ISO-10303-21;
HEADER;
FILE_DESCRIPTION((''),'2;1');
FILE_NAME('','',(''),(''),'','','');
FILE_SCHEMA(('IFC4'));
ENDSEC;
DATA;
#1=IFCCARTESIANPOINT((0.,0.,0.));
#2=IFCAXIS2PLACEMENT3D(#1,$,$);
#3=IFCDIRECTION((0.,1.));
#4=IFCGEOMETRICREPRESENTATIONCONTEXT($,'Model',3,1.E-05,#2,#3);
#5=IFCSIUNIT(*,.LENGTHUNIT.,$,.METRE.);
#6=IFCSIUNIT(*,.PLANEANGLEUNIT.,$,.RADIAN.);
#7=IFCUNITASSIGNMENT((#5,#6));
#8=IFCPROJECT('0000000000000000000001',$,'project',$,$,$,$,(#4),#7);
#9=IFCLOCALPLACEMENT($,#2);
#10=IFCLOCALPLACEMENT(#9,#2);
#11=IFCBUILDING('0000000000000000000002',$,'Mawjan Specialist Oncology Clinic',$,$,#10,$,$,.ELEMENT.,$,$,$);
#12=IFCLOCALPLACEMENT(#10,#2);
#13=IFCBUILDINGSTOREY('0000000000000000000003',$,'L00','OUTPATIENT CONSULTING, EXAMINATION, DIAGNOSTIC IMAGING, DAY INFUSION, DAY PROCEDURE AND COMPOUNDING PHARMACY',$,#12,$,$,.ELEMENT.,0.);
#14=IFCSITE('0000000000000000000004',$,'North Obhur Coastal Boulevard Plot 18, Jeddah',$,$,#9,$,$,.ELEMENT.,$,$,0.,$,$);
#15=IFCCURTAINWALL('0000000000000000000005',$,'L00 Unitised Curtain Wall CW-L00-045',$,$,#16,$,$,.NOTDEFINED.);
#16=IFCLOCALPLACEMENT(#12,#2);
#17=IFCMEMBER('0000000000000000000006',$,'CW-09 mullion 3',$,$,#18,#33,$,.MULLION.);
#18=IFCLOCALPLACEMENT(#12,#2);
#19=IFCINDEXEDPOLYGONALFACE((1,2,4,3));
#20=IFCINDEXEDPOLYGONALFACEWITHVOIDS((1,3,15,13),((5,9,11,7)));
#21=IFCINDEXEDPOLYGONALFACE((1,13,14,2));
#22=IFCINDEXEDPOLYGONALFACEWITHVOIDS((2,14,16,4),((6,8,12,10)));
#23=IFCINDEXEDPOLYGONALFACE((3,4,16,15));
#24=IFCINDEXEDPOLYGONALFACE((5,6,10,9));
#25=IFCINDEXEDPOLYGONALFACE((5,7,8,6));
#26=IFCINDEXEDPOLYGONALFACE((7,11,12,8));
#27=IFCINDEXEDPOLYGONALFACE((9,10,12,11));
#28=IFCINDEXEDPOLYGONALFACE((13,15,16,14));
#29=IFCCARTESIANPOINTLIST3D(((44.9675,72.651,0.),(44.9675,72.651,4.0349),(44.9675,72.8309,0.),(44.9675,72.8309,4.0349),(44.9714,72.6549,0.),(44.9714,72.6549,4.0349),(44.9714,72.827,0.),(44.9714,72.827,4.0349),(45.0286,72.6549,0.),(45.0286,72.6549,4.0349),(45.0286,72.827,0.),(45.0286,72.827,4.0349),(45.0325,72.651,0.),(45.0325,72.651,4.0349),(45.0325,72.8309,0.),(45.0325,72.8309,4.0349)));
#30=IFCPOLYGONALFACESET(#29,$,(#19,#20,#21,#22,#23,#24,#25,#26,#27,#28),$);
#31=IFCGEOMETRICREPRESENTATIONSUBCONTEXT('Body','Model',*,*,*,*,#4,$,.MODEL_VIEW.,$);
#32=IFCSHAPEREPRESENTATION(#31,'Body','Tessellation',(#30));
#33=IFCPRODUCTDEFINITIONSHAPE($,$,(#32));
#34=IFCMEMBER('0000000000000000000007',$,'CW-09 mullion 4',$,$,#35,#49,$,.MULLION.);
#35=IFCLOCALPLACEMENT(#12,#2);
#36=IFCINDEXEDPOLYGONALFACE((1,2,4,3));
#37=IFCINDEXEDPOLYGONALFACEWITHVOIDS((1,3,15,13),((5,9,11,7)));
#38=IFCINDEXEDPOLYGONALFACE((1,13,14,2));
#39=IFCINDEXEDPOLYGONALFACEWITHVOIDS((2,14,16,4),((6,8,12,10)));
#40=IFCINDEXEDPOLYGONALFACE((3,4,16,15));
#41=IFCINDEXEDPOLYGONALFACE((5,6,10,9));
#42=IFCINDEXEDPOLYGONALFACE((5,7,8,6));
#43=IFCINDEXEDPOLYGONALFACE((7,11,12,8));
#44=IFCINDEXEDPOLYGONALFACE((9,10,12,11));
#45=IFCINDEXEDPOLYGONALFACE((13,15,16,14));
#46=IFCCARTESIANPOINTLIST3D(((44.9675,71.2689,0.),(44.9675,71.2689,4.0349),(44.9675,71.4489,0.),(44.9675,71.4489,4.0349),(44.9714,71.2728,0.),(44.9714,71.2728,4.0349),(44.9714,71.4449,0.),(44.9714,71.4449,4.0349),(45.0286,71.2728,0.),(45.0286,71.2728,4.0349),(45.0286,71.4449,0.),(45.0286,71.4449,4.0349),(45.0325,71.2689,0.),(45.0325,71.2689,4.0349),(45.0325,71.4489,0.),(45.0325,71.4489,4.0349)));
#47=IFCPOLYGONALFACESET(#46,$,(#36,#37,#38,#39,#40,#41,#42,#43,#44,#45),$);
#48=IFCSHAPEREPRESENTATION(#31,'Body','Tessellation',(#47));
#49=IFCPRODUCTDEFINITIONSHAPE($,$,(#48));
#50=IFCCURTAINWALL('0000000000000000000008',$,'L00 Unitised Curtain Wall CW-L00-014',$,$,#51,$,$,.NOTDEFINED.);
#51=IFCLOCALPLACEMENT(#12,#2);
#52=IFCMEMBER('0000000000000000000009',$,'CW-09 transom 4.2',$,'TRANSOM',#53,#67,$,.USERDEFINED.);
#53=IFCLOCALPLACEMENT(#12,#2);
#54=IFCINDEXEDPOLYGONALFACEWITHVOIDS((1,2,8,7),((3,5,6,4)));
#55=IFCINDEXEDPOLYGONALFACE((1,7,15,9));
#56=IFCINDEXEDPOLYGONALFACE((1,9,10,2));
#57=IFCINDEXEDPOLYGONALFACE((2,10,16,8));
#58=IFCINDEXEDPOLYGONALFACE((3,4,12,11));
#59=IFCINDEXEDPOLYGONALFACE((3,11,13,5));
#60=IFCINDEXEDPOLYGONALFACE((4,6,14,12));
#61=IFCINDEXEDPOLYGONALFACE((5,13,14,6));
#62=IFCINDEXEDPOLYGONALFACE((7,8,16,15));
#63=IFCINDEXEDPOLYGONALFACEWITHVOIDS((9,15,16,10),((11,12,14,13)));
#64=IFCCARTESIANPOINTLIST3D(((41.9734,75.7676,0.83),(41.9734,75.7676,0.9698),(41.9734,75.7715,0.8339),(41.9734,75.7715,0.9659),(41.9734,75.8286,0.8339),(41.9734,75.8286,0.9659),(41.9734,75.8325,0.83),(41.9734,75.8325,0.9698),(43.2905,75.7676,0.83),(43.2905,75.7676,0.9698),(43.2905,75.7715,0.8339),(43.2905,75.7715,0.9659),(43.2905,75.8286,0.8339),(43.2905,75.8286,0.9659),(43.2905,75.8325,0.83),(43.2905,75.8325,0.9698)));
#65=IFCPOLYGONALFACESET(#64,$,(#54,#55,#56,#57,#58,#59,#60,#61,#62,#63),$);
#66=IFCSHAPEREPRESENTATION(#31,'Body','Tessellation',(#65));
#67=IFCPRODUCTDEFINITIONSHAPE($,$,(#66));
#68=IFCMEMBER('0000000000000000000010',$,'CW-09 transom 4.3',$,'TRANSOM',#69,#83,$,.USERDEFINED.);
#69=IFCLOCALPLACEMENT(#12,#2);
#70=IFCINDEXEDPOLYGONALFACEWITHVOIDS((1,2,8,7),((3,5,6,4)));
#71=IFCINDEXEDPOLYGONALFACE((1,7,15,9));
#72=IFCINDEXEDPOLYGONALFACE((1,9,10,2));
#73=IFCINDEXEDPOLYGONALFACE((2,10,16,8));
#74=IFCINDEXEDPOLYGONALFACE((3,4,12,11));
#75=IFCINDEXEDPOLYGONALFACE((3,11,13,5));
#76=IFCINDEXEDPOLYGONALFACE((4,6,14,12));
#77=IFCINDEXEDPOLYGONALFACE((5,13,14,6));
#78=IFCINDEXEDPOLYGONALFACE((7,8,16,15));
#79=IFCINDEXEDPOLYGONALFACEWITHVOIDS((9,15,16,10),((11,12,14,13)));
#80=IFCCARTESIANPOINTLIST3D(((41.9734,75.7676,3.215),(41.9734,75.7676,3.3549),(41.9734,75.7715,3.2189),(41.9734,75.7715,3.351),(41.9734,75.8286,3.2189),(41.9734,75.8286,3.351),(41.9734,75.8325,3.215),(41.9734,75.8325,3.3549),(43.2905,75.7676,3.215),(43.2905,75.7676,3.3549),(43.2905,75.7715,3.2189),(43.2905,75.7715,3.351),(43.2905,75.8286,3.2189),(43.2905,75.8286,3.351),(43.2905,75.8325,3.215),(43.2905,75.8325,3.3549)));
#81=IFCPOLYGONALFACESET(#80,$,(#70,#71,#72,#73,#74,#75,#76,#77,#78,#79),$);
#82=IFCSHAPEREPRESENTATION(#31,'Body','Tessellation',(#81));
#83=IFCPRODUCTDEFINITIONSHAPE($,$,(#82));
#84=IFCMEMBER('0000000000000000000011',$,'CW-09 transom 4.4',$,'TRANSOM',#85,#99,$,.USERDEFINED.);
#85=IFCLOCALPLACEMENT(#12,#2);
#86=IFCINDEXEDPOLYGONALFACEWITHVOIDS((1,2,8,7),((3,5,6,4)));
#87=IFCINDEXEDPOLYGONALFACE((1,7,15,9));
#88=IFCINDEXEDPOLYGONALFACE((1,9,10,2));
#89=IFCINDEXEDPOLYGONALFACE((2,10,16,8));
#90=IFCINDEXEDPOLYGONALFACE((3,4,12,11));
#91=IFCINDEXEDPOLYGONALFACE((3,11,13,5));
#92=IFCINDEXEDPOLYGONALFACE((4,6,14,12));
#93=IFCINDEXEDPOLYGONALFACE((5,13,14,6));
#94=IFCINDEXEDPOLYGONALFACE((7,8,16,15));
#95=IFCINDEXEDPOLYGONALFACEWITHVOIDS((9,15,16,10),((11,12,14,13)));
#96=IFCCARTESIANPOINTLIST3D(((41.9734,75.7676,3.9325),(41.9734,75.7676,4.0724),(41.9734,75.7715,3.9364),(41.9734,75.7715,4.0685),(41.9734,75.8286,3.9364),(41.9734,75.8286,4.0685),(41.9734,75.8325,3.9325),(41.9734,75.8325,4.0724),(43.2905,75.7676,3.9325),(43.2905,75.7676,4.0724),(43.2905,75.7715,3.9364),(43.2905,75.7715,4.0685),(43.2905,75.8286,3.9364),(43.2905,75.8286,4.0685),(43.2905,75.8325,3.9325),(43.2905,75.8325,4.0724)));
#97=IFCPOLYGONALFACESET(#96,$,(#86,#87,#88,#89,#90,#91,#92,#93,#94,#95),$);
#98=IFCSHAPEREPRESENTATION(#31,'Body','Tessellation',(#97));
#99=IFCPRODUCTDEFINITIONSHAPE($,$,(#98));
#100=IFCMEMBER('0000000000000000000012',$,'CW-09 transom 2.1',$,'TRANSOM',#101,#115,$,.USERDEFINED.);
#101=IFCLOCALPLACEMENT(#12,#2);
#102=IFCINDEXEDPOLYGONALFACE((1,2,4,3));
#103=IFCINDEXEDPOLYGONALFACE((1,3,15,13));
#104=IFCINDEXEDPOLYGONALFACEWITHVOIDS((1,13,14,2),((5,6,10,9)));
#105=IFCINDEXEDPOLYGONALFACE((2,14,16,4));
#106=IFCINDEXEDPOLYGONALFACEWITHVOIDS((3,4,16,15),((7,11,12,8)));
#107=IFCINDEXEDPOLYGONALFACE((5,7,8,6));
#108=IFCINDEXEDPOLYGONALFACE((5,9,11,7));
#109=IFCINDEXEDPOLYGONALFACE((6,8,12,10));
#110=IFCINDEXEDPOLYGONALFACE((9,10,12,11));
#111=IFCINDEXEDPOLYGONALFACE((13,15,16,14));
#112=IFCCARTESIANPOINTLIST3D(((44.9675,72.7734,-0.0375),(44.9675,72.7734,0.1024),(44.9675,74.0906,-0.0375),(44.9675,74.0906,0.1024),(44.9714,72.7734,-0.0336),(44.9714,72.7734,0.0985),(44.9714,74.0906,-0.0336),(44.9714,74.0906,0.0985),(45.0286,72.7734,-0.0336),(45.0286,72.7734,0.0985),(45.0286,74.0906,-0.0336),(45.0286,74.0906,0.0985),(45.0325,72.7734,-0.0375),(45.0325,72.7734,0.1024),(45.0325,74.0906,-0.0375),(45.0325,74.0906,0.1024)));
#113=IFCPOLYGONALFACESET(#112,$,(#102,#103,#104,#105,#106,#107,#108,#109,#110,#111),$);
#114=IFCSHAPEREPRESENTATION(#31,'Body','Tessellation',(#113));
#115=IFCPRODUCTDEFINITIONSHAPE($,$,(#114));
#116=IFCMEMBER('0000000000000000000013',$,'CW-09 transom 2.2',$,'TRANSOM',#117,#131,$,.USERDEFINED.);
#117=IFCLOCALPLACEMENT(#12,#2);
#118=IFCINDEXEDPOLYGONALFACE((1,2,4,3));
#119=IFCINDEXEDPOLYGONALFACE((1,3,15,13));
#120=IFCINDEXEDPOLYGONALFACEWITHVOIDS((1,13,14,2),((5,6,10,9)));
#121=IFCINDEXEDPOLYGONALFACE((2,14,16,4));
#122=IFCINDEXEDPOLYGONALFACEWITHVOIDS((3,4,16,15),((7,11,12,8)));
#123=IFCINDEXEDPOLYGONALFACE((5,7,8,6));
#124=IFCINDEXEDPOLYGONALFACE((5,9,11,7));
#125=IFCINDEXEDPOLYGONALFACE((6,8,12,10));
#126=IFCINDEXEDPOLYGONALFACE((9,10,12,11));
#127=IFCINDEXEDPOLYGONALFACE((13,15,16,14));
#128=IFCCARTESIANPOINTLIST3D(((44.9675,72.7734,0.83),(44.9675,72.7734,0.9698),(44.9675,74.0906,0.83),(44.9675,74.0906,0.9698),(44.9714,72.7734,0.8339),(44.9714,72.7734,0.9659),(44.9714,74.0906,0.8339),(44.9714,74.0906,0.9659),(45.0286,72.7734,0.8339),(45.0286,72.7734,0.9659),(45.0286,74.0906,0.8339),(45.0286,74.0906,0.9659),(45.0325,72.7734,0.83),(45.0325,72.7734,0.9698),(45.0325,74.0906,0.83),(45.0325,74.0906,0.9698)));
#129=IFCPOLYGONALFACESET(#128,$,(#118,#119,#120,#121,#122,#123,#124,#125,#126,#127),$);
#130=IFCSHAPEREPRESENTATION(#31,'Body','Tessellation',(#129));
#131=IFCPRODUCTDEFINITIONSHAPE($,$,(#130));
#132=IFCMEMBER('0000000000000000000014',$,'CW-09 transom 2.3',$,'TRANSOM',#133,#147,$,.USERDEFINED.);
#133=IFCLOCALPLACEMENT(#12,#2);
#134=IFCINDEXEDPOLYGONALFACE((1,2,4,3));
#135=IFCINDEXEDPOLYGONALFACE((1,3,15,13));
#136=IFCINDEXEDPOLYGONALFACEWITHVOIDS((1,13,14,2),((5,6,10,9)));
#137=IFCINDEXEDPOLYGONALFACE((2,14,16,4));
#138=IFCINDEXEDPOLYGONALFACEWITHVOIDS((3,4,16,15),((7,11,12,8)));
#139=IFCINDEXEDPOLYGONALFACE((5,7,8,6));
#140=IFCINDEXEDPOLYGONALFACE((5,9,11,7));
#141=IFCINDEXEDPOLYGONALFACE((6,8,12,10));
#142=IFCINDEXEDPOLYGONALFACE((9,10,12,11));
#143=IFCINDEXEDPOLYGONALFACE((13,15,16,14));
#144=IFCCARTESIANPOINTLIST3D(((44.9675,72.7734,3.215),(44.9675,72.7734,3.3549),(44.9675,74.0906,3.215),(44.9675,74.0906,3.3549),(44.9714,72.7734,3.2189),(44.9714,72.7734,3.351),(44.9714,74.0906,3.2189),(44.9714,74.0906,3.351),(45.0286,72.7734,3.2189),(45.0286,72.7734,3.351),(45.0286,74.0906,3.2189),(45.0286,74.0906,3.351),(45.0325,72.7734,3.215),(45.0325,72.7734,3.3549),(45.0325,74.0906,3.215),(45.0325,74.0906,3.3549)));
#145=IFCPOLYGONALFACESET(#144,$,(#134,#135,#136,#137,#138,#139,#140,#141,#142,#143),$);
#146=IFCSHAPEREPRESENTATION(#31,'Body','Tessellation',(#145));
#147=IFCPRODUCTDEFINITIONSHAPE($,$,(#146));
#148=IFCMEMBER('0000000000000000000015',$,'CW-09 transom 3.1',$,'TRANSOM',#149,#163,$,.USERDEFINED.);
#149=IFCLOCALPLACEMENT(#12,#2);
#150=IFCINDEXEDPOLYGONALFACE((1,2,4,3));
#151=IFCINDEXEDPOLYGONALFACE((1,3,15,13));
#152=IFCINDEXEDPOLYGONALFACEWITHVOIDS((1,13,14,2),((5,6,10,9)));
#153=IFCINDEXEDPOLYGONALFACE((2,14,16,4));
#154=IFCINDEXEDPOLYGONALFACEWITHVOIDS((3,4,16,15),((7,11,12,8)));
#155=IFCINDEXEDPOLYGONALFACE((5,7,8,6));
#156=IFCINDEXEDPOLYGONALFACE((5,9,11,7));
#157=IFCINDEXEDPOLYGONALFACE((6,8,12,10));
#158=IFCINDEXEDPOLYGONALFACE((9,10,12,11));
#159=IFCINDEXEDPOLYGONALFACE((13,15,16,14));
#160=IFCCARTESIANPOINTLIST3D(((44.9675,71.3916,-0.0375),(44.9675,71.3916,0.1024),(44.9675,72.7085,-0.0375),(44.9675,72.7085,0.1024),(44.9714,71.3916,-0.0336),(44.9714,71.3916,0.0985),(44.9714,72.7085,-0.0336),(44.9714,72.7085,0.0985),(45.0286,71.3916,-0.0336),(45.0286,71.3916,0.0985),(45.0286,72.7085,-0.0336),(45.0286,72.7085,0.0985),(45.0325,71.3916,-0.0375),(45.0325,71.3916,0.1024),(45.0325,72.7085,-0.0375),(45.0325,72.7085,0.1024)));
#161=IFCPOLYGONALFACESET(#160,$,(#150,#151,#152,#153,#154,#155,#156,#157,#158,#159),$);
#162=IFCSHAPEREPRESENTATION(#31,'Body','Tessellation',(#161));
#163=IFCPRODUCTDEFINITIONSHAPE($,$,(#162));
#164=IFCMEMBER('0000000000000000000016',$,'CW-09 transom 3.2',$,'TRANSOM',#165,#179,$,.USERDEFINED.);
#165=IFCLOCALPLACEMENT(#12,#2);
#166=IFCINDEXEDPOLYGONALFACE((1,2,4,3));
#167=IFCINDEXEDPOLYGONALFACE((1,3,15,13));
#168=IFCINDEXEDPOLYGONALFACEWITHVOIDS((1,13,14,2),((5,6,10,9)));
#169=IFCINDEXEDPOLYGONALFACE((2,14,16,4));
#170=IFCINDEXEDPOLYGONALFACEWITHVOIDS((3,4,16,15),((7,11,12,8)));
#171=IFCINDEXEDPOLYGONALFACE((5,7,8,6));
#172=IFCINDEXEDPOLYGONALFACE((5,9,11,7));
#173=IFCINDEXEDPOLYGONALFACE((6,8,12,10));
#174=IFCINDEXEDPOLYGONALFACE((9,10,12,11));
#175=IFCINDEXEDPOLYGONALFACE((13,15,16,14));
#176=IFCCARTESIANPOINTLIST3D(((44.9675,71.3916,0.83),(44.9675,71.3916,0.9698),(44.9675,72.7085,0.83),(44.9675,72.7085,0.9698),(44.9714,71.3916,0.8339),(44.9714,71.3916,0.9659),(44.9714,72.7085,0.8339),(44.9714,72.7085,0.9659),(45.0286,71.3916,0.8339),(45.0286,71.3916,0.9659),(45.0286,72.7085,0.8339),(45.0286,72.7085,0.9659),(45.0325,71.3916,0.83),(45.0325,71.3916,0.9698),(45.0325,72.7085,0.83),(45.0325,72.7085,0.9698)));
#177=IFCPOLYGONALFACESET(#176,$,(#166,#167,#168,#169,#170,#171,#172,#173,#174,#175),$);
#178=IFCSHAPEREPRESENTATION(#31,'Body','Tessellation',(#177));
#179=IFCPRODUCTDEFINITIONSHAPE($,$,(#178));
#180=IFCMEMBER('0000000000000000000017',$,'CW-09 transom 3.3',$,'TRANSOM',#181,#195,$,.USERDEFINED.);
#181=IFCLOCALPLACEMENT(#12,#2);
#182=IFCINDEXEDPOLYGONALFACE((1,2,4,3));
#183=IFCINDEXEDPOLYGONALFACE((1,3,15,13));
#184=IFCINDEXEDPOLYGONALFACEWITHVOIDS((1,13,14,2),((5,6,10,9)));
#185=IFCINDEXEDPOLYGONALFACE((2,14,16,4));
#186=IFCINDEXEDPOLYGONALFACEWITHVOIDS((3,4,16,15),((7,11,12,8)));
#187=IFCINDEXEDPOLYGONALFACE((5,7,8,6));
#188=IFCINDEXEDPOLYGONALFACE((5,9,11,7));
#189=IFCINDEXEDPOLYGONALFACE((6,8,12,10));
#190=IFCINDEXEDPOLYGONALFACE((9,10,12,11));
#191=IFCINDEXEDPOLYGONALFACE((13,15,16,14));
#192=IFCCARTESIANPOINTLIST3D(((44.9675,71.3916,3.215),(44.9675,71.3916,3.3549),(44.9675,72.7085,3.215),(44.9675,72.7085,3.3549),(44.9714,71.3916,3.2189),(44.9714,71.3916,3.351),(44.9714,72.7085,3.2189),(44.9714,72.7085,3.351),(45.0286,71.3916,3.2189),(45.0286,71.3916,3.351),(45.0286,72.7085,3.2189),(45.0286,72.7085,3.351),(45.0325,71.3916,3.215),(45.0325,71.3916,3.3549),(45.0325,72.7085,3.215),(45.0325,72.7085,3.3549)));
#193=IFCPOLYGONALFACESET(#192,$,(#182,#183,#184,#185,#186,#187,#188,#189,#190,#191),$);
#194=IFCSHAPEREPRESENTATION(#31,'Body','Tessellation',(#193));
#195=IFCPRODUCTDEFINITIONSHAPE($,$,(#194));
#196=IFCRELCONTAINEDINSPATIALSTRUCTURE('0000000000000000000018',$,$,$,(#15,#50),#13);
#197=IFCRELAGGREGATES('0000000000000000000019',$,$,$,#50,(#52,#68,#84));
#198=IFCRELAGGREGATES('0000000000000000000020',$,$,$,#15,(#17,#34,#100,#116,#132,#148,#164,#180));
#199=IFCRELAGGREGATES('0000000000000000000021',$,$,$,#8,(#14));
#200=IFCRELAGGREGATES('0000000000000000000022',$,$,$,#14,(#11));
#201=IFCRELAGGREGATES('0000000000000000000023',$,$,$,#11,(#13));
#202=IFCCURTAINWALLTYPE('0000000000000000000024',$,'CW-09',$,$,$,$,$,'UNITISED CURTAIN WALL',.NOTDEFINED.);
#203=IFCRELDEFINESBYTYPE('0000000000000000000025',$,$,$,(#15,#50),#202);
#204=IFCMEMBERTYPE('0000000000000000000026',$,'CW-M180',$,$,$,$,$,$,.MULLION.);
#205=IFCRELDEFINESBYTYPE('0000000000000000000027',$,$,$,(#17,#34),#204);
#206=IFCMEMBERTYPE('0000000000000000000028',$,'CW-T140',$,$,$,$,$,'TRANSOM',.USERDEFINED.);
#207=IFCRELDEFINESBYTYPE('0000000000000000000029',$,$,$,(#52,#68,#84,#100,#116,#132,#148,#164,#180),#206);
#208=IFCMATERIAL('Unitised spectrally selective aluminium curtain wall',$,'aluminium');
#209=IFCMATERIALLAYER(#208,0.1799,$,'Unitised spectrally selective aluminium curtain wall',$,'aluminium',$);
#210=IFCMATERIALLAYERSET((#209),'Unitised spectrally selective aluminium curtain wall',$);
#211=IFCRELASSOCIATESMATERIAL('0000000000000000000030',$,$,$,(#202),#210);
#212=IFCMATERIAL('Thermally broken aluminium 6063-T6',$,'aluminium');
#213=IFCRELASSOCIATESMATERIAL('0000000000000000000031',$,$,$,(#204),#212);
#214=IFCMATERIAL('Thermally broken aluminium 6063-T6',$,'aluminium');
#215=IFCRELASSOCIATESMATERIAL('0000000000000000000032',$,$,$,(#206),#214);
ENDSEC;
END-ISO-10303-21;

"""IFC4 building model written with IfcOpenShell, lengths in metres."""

from ifc_helpers import new_model, si_unit, direction, frame, origin, origin_2d, place, context, subcontext, project, spatial, hollow_rectangle, extrude, material, layer, layer_set, material_profile, profile_set, type_object, element, aggregate, save


model = new_model("IFC4")

# Units and contexts
model_context = context("Model", 3, precision=1e-05, world=origin(), true_north=direction((0.0, 1.0)))
body_context = subcontext(model_context, "Body", "Model", "MODEL_VIEW")
ifc_project = project(units=[si_unit("LENGTHUNIT", "METRE"), si_unit("PLANEANGLEUNIT", "RADIAN")], contexts=[model_context])

# Site, building, storey
site_placement = place(None, origin())
site = spatial("IfcSite", under=ifc_project, at=site_placement, Name="North Obhur Coastal Boulevard Plot 18, Jeddah", CompositionType="ELEMENT", RefElevation=0.0)
building_placement = place(site_placement, origin())
building = spatial("IfcBuilding", under=site, at=building_placement, Name="Mawjan Specialist Oncology Clinic", CompositionType="ELEMENT")
storey_placement = place(building_placement, origin())
storey = spatial("IfcBuildingStorey", under=building, at=storey_placement, Name="L00", Description="OUTPATIENT CONSULTING, EXAMINATION, DIAGNOSTIC IMAGING, DAY INFUSION, DAY PROCEDURE AND COMPOUNDING PHARMACY", CompositionType="ELEMENT", Elevation=0.0)

# Curtain walls, members
ifc_material_1 = material(Name="Unitised spectrally selective aluminium curtain wall", Category="aluminium")
ifc_layer_1 = layer(ifc_material_1, 0.1799, Name="Unitised spectrally selective aluminium curtain wall", Category="aluminium")
ifc_layer_set_1 = layer_set([ifc_layer_1], Name="Unitised spectrally selective aluminium curtain wall")
curtain_wall_type = type_object("IfcCurtainWallType", Name="CW-09", ElementType="UNITISED CURTAIN WALL", PredefinedType="NOTDEFINED", material=ifc_layer_set_1)
curtain_wall_1_placement = place(storey_placement, origin())
curtain_wall_1 = element("IfcCurtainWall", 1, at=curtain_wall_1_placement, inside=storey, type_object=curtain_wall_type, Name="L00 Unitised Curtain Wall CW-L00-045", PredefinedType="NOTDEFINED")
ifc_material_2 = material(Name="Thermally broken aluminium 6063-T6", Category="aluminium")
ifc_material_profile_1 = material_profile(ifc_material_2, hollow_rectangle(XDim=0.0649, YDim=0.1799, WallThickness=0.0039, at=origin_2d()), Name="ALU MULLION 180x65x4", Category="aluminium")
ifc_profile_set_1 = profile_set([ifc_material_profile_1], Name="Thermally broken aluminium 6063-T6")
member_type_1 = type_object("IfcMemberType", Name="CW-M180", PredefinedType="MULLION", material=ifc_profile_set_1)
member_1_placement = place(storey_placement, frame((45.0, 72.741, 0.0), z_axis=(0.0, 0.0, 1.0), x_axis=(1.0, 0.0, 0.0)))
member_1 = element("IfcMember", 2, at=member_1_placement, type_object=member_type_1, Name="CW-09 mullion 3", PredefinedType="MULLION", context=body_context, shape_type="SweptSolid", body=[
    extrude(hollow_rectangle(XDim=0.0649, YDim=0.1799, WallThickness=0.0039, at=origin_2d()), origin(), (0.0, 0.0, 1.0), 4.0349),
])
member_2_placement = place(storey_placement, frame((45.0, 71.3589, 0.0), z_axis=(0.0, 0.0, 1.0), x_axis=(1.0, 0.0, 0.0)))
member_2 = element("IfcMember", 3, at=member_2_placement, type_object=member_type_1, Name="CW-09 mullion 4", PredefinedType="MULLION", context=body_context, shape_type="SweptSolid", body=[
    extrude(hollow_rectangle(XDim=0.0649, YDim=0.1799, WallThickness=0.0039, at=origin_2d()), origin(), (0.0, 0.0, 1.0), 4.0349),
])
curtain_wall_2_placement = place(storey_placement, origin())
curtain_wall_2 = element("IfcCurtainWall", 4, at=curtain_wall_2_placement, inside=storey, type_object=curtain_wall_type, Name="L00 Unitised Curtain Wall CW-L00-014", PredefinedType="NOTDEFINED")
ifc_material_3 = material(Name="Thermally broken aluminium 6063-T6", Category="aluminium")
ifc_material_profile_2 = material_profile(ifc_material_3, hollow_rectangle(XDim=0.0649, YDim=0.1399, WallThickness=0.0039, at=origin_2d()), Name="ALU TRANSOM 140x65x4", Category="aluminium")
ifc_profile_set_2 = profile_set([ifc_material_profile_2], Name="Thermally broken aluminium 6063-T6")
member_type_2 = type_object("IfcMemberType", Name="CW-T140", ElementType="TRANSOM", PredefinedType="USERDEFINED", material=ifc_profile_set_2)
member_3_placement = place(storey_placement, frame((41.9734, 75.8, 0.8999), z_axis=(1.0, 0.0, 0.0), x_axis=(0.0, 1.0, 0.0)))
member_3 = element("IfcMember", 5, at=member_3_placement, type_object=member_type_2, Name="CW-09 transom 4.2", ObjectType="TRANSOM", PredefinedType="USERDEFINED", context=body_context, shape_type="SweptSolid", body=[
    extrude(hollow_rectangle(XDim=0.0649, YDim=0.1399, WallThickness=0.0039, at=origin_2d()), origin(), (0.0, 0.0, 1.0), 1.3171),
])
member_4_placement = place(storey_placement, frame((41.9734, 75.8, 3.2849), z_axis=(1.0, 0.0, 0.0), x_axis=(0.0, 1.0, 0.0)))
member_4 = element("IfcMember", 6, at=member_4_placement, type_object=member_type_2, Name="CW-09 transom 4.3", ObjectType="TRANSOM", PredefinedType="USERDEFINED", context=body_context, shape_type="SweptSolid", body=[
    extrude(hollow_rectangle(XDim=0.0649, YDim=0.1399, WallThickness=0.0039, at=origin_2d()), origin(), (0.0, 0.0, 1.0), 1.3171),
])
member_5_placement = place(storey_placement, frame((41.9734, 75.8, 4.0024), z_axis=(1.0, 0.0, 0.0), x_axis=(0.0, 1.0, 0.0)))
member_5 = element("IfcMember", 7, at=member_5_placement, type_object=member_type_2, Name="CW-09 transom 4.4", ObjectType="TRANSOM", PredefinedType="USERDEFINED", context=body_context, shape_type="SweptSolid", body=[
    extrude(hollow_rectangle(XDim=0.0649, YDim=0.1399, WallThickness=0.0039, at=origin_2d()), origin(), (0.0, 0.0, 1.0), 1.3171),
])

# Members
member_6_placement = place(storey_placement, frame((45.0, 74.0906, 0.0325), z_axis=(0.0, -1.0, 0.0), x_axis=(1.0, 0.0, 0.0)))
member_6 = element("IfcMember", 8, at=member_6_placement, type_object=member_type_2, Name="CW-09 transom 2.1", ObjectType="TRANSOM", PredefinedType="USERDEFINED", context=body_context, shape_type="SweptSolid", body=[
    extrude(hollow_rectangle(XDim=0.0649, YDim=0.1399, WallThickness=0.0039, at=origin_2d()), origin(), (0.0, 0.0, 1.0), 1.3171),
])
member_7_placement = place(storey_placement, frame((45.0, 74.0906, 0.8999), z_axis=(0.0, -1.0, 0.0), x_axis=(1.0, 0.0, 0.0)))
member_7 = element("IfcMember", 9, at=member_7_placement, type_object=member_type_2, Name="CW-09 transom 2.2", ObjectType="TRANSOM", PredefinedType="USERDEFINED", context=body_context, shape_type="SweptSolid", body=[
    extrude(hollow_rectangle(XDim=0.0649, YDim=0.1399, WallThickness=0.0039, at=origin_2d()), origin(), (0.0, 0.0, 1.0), 1.3171),
])
member_8_placement = place(storey_placement, frame((45.0, 74.0906, 3.2849), z_axis=(0.0, -1.0, 0.0), x_axis=(1.0, 0.0, 0.0)))
member_8 = element("IfcMember", 10, at=member_8_placement, type_object=member_type_2, Name="CW-09 transom 2.3", ObjectType="TRANSOM", PredefinedType="USERDEFINED", context=body_context, shape_type="SweptSolid", body=[
    extrude(hollow_rectangle(XDim=0.0649, YDim=0.1399, WallThickness=0.0039, at=origin_2d()), origin(), (0.0, 0.0, 1.0), 1.3171),
])
member_9_placement = place(storey_placement, frame((45.0, 72.7085, 0.0325), z_axis=(0.0, -1.0, 0.0), x_axis=(1.0, 0.0, 0.0)))
member_9 = element("IfcMember", 11, at=member_9_placement, type_object=member_type_2, Name="CW-09 transom 3.1", ObjectType="TRANSOM", PredefinedType="USERDEFINED", context=body_context, shape_type="SweptSolid", body=[
    extrude(hollow_rectangle(XDim=0.0649, YDim=0.1399, WallThickness=0.0039, at=origin_2d()), origin(), (0.0, 0.0, 1.0), 1.3169),
])
member_10_placement = place(storey_placement, frame((45.0, 72.7085, 0.8999), z_axis=(0.0, -1.0, 0.0), x_axis=(1.0, 0.0, 0.0)))
member_10 = element("IfcMember", 12, at=member_10_placement, type_object=member_type_2, Name="CW-09 transom 3.2", ObjectType="TRANSOM", PredefinedType="USERDEFINED", context=body_context, shape_type="SweptSolid", body=[
    extrude(hollow_rectangle(XDim=0.0649, YDim=0.1399, WallThickness=0.0039, at=origin_2d()), origin(), (0.0, 0.0, 1.0), 1.3169),
])
member_11_placement = place(storey_placement, frame((45.0, 72.7085, 3.2849), z_axis=(0.0, -1.0, 0.0), x_axis=(1.0, 0.0, 0.0)))
member_11 = element("IfcMember", 13, at=member_11_placement, type_object=member_type_2, Name="CW-09 transom 3.3", ObjectType="TRANSOM", PredefinedType="USERDEFINED", context=body_context, shape_type="SweptSolid", body=[
    extrude(hollow_rectangle(XDim=0.0649, YDim=0.1399, WallThickness=0.0039, at=origin_2d()), origin(), (0.0, 0.0, 1.0), 1.3169),
])

aggregate(curtain_wall_2, [member_3, member_4, member_5])
aggregate(curtain_wall_1, [member_1, member_2, member_6, member_7, member_8, member_9, member_10, member_11])

save(model, "model.ifc")
